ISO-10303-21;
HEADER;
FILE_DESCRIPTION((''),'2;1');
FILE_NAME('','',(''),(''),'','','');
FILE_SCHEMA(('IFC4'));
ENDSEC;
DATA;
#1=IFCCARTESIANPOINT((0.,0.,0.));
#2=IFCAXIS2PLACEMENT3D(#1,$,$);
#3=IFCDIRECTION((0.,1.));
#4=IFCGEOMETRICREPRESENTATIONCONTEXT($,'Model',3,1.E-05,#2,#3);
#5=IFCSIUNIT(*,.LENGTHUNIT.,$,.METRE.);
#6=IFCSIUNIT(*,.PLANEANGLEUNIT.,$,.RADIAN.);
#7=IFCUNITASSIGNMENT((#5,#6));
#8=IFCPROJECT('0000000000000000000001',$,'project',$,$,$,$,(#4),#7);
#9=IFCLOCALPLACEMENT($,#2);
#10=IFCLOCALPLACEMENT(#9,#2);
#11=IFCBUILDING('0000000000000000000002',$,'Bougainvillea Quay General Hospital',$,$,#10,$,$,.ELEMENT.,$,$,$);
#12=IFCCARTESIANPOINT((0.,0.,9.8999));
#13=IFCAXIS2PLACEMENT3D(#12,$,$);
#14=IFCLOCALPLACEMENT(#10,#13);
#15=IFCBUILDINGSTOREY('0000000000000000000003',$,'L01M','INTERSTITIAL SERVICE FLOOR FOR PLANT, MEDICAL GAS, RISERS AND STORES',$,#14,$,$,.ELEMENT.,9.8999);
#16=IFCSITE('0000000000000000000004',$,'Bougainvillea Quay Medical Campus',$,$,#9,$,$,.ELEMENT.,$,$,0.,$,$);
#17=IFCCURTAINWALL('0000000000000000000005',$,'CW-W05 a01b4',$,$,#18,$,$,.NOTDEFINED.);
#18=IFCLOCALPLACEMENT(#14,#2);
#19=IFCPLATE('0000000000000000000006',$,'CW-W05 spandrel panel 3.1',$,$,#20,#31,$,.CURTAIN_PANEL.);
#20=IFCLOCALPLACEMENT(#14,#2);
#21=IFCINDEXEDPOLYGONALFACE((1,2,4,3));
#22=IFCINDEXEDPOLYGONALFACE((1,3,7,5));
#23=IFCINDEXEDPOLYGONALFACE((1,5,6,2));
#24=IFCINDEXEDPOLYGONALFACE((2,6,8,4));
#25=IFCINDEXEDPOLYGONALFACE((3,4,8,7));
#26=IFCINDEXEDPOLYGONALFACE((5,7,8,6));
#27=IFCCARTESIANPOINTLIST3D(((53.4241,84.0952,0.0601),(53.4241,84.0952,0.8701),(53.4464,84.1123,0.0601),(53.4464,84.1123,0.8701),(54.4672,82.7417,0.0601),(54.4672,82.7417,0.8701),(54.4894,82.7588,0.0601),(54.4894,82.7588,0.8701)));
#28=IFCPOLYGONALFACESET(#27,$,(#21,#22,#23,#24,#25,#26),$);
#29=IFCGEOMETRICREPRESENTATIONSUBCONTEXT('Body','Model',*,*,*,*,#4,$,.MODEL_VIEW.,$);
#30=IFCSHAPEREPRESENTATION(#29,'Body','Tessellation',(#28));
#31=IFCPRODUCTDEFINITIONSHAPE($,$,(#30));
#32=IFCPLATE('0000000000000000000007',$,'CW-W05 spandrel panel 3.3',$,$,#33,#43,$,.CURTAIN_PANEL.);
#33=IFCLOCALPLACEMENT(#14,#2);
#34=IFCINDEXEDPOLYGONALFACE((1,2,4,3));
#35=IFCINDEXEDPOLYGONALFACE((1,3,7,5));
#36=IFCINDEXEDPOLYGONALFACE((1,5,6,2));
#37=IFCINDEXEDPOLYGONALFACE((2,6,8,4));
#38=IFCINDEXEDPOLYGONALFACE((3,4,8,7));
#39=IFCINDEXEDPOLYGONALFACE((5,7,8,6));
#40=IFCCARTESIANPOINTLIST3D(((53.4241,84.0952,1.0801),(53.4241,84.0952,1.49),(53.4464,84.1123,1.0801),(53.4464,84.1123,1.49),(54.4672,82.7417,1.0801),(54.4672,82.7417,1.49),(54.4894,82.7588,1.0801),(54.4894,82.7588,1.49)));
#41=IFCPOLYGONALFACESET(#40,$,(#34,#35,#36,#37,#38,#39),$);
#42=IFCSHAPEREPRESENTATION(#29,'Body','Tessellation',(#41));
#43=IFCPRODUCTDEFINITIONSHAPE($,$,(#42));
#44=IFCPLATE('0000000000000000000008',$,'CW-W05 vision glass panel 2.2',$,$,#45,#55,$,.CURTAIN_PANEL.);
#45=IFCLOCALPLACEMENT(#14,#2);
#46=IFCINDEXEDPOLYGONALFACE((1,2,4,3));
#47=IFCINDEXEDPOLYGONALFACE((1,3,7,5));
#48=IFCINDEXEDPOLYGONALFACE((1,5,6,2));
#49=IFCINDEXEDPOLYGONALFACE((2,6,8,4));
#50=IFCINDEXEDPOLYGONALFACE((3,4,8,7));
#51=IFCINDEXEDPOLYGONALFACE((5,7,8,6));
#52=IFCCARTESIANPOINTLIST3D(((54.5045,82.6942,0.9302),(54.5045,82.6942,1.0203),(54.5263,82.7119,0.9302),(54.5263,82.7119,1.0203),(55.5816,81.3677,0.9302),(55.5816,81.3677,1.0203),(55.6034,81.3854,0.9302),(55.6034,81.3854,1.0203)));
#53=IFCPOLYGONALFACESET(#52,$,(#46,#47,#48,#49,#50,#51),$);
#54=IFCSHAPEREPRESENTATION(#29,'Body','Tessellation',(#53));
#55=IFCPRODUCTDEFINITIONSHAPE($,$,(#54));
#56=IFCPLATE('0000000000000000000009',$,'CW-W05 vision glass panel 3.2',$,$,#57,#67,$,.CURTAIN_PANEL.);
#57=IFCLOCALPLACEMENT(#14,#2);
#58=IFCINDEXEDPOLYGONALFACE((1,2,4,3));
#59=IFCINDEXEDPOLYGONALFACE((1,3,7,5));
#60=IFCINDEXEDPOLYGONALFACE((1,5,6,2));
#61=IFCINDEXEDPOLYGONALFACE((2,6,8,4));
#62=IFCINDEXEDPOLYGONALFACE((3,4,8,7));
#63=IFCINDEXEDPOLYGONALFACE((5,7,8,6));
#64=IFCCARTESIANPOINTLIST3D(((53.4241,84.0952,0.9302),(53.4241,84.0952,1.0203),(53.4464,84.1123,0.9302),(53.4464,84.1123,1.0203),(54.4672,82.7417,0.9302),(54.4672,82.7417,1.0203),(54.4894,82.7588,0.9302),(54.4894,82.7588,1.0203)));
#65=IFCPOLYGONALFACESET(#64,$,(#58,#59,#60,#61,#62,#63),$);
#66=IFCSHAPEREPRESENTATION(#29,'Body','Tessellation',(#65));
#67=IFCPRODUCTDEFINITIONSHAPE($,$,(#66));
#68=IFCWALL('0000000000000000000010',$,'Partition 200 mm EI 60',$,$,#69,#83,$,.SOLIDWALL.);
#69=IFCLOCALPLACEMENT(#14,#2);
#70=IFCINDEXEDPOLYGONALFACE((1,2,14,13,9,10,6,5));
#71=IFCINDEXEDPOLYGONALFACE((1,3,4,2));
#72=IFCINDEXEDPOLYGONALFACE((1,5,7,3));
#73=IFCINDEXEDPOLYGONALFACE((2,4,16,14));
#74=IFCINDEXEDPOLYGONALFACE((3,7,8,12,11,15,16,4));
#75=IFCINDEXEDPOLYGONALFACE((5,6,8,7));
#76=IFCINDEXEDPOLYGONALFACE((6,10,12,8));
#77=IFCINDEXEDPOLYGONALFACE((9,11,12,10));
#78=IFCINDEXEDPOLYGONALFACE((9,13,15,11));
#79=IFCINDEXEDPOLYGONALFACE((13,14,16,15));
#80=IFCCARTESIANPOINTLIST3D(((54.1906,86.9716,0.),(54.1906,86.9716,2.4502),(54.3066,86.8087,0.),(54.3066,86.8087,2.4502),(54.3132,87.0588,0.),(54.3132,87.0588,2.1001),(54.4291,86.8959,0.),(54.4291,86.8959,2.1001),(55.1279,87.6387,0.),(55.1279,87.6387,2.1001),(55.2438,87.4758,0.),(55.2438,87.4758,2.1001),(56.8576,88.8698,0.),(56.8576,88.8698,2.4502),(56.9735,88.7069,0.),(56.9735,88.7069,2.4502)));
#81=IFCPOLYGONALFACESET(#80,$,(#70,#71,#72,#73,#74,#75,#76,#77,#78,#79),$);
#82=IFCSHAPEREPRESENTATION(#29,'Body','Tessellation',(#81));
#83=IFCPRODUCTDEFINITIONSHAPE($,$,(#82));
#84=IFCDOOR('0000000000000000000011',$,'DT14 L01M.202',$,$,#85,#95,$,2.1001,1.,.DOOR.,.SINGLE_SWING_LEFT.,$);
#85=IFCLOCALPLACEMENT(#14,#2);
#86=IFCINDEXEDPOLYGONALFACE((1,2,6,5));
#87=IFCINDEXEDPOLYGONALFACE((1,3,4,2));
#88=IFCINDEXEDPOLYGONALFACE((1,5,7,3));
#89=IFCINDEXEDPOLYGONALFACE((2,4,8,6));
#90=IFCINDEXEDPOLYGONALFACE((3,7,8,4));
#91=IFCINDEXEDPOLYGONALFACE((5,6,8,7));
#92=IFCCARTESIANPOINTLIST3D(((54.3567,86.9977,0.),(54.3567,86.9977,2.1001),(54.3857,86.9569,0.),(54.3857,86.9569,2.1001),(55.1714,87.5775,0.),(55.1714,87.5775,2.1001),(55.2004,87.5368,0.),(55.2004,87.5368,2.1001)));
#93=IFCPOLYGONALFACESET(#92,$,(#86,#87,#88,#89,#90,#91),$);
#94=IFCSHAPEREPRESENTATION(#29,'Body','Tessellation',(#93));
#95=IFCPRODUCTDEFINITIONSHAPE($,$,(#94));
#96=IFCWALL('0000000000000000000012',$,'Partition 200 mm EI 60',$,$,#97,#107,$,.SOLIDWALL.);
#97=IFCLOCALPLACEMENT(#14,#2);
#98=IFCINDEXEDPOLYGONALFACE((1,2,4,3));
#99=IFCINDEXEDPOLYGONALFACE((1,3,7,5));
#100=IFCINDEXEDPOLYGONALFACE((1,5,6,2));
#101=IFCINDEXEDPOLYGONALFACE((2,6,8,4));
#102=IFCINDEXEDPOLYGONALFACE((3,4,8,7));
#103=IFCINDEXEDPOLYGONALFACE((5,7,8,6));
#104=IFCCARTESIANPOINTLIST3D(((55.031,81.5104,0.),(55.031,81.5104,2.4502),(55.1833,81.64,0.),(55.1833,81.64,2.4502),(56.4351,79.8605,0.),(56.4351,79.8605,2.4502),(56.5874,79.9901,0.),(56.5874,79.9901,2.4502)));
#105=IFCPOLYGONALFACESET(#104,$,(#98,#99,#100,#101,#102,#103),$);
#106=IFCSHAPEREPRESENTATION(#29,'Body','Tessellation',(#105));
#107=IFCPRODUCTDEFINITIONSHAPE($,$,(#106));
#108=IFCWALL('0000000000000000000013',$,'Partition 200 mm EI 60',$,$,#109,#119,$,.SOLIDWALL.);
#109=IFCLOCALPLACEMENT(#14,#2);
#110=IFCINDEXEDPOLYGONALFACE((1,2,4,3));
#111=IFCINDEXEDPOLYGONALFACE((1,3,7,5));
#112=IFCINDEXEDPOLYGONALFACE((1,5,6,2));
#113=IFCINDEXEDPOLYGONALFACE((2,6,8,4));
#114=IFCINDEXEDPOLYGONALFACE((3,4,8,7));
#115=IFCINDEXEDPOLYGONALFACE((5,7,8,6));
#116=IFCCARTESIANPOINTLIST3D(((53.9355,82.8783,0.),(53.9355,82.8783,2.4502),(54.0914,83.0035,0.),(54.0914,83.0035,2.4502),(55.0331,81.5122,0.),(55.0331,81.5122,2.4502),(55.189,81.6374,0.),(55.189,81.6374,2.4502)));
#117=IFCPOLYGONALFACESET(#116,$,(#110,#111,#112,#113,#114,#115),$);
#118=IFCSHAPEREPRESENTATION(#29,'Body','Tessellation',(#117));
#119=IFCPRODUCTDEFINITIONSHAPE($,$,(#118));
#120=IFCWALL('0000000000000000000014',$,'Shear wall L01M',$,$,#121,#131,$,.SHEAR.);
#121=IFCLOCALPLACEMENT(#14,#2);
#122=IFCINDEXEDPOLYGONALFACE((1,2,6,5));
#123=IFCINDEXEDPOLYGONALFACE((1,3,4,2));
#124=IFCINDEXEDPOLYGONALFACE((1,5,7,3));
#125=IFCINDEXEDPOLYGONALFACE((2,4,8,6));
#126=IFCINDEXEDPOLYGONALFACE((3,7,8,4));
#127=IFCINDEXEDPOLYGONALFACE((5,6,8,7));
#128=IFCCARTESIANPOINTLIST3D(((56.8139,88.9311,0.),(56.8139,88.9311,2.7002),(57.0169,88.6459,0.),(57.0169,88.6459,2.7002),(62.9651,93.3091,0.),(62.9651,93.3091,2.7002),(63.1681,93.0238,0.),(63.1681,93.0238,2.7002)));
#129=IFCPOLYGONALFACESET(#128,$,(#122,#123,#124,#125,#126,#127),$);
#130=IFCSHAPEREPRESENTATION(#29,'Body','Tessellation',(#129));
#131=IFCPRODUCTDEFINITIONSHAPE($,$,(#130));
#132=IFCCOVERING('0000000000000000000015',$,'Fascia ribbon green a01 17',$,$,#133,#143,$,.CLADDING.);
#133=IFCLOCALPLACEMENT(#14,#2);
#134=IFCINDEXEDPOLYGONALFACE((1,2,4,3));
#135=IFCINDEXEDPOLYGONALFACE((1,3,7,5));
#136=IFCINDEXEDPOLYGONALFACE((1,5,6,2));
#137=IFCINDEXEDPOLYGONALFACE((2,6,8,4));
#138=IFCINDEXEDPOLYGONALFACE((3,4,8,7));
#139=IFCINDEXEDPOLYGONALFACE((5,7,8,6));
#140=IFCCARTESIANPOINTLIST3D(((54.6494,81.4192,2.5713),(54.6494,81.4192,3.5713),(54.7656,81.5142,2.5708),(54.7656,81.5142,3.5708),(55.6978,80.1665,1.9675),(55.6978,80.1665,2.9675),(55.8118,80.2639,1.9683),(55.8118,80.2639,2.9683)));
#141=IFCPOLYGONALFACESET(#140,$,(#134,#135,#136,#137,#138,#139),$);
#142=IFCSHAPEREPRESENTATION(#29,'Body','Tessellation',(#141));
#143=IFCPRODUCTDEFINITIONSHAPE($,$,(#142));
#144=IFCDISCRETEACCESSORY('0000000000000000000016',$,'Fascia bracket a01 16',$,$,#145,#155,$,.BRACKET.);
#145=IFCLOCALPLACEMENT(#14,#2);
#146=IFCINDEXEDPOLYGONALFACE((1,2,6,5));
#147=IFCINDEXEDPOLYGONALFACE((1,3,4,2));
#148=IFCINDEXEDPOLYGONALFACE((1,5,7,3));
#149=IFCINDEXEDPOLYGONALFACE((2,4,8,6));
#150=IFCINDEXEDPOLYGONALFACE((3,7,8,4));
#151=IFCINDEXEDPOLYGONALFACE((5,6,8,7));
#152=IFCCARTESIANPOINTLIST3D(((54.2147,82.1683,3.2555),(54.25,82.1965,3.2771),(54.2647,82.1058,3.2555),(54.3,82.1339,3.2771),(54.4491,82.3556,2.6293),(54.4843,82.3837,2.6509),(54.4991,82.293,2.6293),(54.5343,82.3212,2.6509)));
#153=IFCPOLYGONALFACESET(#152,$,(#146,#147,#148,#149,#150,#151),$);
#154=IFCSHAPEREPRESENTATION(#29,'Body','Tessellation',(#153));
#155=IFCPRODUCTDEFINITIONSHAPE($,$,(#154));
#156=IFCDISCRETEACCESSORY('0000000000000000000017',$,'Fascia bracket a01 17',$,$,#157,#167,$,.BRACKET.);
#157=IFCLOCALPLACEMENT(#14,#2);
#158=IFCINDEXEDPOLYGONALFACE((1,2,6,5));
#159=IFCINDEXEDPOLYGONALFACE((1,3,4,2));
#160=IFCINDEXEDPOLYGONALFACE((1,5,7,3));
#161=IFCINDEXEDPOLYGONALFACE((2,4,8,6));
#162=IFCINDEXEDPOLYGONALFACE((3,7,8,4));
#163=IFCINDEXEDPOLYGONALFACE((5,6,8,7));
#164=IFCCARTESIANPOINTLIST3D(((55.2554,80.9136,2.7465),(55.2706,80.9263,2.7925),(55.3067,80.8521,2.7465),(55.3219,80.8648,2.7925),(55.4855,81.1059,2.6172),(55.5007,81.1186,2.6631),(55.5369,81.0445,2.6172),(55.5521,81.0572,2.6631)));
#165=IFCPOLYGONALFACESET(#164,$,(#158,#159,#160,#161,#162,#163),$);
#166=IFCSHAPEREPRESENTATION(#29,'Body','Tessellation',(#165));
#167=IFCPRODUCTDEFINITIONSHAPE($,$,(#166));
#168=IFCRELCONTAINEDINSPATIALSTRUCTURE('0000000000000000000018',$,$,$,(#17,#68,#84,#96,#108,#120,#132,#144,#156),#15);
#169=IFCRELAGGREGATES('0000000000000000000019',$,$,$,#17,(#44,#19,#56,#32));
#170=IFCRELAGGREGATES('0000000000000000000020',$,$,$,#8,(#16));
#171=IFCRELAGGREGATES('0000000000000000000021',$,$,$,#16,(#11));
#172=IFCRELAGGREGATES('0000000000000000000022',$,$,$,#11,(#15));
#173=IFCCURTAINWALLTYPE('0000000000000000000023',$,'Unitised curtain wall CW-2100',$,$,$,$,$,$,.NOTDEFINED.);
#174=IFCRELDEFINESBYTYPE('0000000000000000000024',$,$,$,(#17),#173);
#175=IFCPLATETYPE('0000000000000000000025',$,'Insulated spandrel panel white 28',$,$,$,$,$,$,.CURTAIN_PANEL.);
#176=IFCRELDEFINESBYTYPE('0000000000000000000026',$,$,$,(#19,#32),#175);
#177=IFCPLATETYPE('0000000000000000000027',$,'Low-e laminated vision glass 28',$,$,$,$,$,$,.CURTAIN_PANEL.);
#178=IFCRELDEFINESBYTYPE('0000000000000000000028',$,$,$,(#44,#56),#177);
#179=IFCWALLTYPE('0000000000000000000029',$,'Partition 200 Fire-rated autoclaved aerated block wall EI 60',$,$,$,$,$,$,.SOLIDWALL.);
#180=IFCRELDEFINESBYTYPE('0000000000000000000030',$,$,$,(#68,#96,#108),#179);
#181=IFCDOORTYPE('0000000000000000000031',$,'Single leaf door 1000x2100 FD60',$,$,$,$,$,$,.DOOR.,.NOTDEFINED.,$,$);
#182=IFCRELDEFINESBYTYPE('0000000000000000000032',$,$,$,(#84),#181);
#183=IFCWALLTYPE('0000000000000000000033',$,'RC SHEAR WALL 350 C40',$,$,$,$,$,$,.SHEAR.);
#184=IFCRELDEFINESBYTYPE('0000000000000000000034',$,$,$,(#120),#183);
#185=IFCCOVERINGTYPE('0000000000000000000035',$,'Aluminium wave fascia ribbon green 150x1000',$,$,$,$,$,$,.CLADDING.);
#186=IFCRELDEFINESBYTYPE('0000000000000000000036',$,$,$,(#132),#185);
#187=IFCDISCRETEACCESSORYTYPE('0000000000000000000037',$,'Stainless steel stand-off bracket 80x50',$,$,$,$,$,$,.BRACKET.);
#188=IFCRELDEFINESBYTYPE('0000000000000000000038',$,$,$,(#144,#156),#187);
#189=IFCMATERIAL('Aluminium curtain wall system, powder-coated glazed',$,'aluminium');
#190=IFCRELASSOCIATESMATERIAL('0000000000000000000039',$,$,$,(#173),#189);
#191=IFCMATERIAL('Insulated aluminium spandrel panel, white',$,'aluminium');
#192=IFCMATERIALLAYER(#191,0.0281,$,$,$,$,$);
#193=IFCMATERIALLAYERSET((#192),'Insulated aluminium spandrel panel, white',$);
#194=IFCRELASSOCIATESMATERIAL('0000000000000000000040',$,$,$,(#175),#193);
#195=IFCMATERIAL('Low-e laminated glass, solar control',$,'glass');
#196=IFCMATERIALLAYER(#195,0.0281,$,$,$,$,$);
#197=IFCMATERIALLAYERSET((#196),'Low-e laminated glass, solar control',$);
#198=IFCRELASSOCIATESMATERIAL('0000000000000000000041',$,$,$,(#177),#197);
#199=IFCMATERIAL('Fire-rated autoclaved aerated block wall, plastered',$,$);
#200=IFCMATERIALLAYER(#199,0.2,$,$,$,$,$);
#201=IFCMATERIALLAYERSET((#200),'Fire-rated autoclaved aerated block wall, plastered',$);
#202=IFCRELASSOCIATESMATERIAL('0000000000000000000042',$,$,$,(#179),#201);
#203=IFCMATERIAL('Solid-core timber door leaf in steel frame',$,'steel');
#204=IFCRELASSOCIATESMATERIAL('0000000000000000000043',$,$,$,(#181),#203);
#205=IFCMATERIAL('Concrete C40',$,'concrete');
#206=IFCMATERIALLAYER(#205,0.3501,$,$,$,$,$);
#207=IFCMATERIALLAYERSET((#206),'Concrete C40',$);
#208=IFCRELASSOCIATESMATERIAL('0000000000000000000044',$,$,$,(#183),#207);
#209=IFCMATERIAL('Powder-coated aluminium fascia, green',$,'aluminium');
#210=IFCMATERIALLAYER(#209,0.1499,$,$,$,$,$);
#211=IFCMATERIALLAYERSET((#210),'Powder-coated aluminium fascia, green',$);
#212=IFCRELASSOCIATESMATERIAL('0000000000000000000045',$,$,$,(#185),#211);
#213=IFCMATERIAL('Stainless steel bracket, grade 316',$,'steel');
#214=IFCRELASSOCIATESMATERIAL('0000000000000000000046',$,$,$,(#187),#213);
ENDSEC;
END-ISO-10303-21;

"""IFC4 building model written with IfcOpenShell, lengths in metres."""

from ifc_helpers import new_model, si_unit, direction, frame, frame_2d, origin, origin_2d, place, context, subcontext, project, spatial, polyline, rectangle, outline, extrude, material, layer, layer_set, material_profile, profile_set, type_object, element, fill, aggregate, save


model = new_model("IFC4")

# Units and contexts
model_context = context("Model", 3, precision=1e-05, world=origin(), true_north=direction((0.0, 1.0)))
body_context = subcontext(model_context, "Body", "Model", "MODEL_VIEW")
ifc_project = project(units=[si_unit("LENGTHUNIT", "METRE"), si_unit("PLANEANGLEUNIT", "RADIAN")], contexts=[model_context])

# Site, building, storey
site_placement = place(None, origin())
site = spatial("IfcSite", under=ifc_project, at=site_placement, Name="Bougainvillea Quay Medical Campus", CompositionType="ELEMENT", RefElevation=0.0)
building_placement = place(site_placement, origin())
building = spatial("IfcBuilding", under=site, at=building_placement, Name="Bougainvillea Quay General Hospital", CompositionType="ELEMENT")
storey_placement = place(building_placement, frame((0.0, 0.0, 9.8999)))
storey = spatial("IfcBuildingStorey", under=building, at=storey_placement, Name="L01M", Description="INTERSTITIAL SERVICE FLOOR FOR PLANT, MEDICAL GAS, RISERS AND STORES", CompositionType="ELEMENT", Elevation=9.8999)

# Curtain wall, plates
ifc_material_1 = material(Name="Aluminium curtain wall system, powder-coated glazed", Category="aluminium")
curtain_wall_type = type_object("IfcCurtainWallType", Name="Unitised curtain wall CW-2100", PredefinedType="NOTDEFINED", material=ifc_material_1)
curtain_wall_placement = place(storey_placement, origin())
curtain_wall = element("IfcCurtainWall", 1, at=curtain_wall_placement, inside=storey, type_object=curtain_wall_type, Name="CW-W05 a01b4", PredefinedType="NOTDEFINED")
ifc_material_2 = material(Name="Insulated aluminium spandrel panel, white", Category="aluminium")
ifc_layer_1 = layer(ifc_material_2, 0.0281)
ifc_layer_set_1 = layer_set([ifc_layer_1], Name="Insulated aluminium spandrel panel, white")
plate_type_1 = type_object("IfcPlateType", Name="Insulated spandrel panel white 28", PredefinedType="CURTAIN_PANEL", material=ifc_layer_set_1)
plate_1_placement = place(storey_placement, frame((53.9568, 83.427, 0.0601), z_axis=(0.0, 0.0, 1.0), x_axis=(-0.610415, 0.792082, 0.0)))
plate_1 = element("IfcPlate", 2, at=plate_1_placement, type_object=plate_type_1, Name="CW-W05 spandrel panel 3.1", PredefinedType="CURTAIN_PANEL", context=body_context, shape_type="SweptSolid", body=[
    extrude(rectangle(XDim=1.7087, YDim=0.0281, at=origin_2d()), origin(), (0.0, 0.0, 1.0), 0.8101),
])
plate_2_placement = place(storey_placement, frame((53.9568, 83.427, 1.0801), z_axis=(0.0, 0.0, 1.0), x_axis=(-0.610415, 0.792082, 0.0)))
plate_2 = element("IfcPlate", 3, at=plate_2_placement, type_object=plate_type_1, Name="CW-W05 spandrel panel 3.3", PredefinedType="CURTAIN_PANEL", context=body_context, shape_type="SweptSolid", body=[
    extrude(rectangle(XDim=1.7087, YDim=0.0281, at=origin_2d()), origin(), (0.0, 0.0, 1.0), 0.4099),
])
ifc_material_3 = material(Name="Low-e laminated glass, solar control", Category="glass")
ifc_layer_2 = layer(ifc_material_3, 0.0281)
ifc_layer_set_2 = layer_set([ifc_layer_2], Name="Low-e laminated glass, solar control")
plate_type_2 = type_object("IfcPlateType", Name="Low-e laminated vision glass 28", PredefinedType="CURTAIN_PANEL", material=ifc_layer_set_2)
plate_3_placement = place(storey_placement, frame((55.054, 82.0398, 0.9302), z_axis=(0.0, 0.0, 1.0), x_axis=(-0.630303, 0.776349, 0.0)))
plate_3 = element("IfcPlate", 4, at=plate_3_placement, type_object=plate_type_2, Name="CW-W05 vision glass panel 2.2", PredefinedType="CURTAIN_PANEL", context=body_context, shape_type="SweptSolid", body=[
    extrude(rectangle(XDim=1.7087, YDim=0.0281, at=origin_2d()), origin(), (0.0, 0.0, 1.0), 0.0901),
])
plate_4_placement = place(storey_placement, frame((53.9568, 83.427, 0.9302), z_axis=(0.0, 0.0, 1.0), x_axis=(-0.610415, 0.792082, 0.0)))
plate_4 = element("IfcPlate", 5, at=plate_4_placement, type_object=plate_type_2, Name="CW-W05 vision glass panel 3.2", PredefinedType="CURTAIN_PANEL", context=body_context, shape_type="SweptSolid", body=[
    extrude(rectangle(XDim=1.7087, YDim=0.0281, at=origin_2d()), origin(), (0.0, 0.0, 1.0), 0.0901),
])
aggregate(curtain_wall, [plate_3, plate_1, plate_4, plate_2])

# Wall, opening, door
ifc_material_4 = material(Name="Fire-rated autoclaved aerated block wall, plastered")
ifc_layer_3 = layer(ifc_material_4, 0.2)
ifc_layer_set_3 = layer_set([ifc_layer_3], Name="Fire-rated autoclaved aerated block wall, plastered")
wall_type_1 = type_object("IfcWallType", Name="Partition 200 Fire-rated autoclaved aerated block wall EI 60", PredefinedType="SOLIDWALL", material=ifc_layer_set_3)
wall_1_placement = place(storey_placement, frame((56.9155, 88.7883, 0.0), z_axis=(0.0, 0.0, 1.0), x_axis=(-0.814715, -0.579862, 0.0)))
wall_1 = element("IfcWall", 6, at=wall_1_placement, inside=storey, type_object=wall_type_1, Name="Partition 200 mm EI 60", PredefinedType="SOLIDWALL", context=body_context, shape_type="SweptSolid", body=[
    extrude(rectangle(XDim=3.2734, YDim=0.2, at=frame_2d((1.6367, 0.0))), origin(), (0.0, 0.0, 1.0), 2.4502),
])
opening_placement = place(wall_1_placement, frame((2.123, 0.0, 0.0)))
opening = element("IfcOpeningElement", 7, at=opening_placement, cuts=wall_1, PredefinedType="OPENING", context=body_context, shape_type="SweptSolid", body=[
    extrude(rectangle(XDim=1.0, YDim=2.1001, at=frame_2d((0.5, 1.05))), frame((0.0, 0.1099, 0.0), z_axis=(0.0, -1.0, 0.0), x_axis=(1.0, 0.0, 0.0)), (0.0, 0.0, 1.0), 0.22),
])
ifc_material_5 = material(Name="Solid-core timber door leaf in steel frame", Category="steel")
door_type = type_object("IfcDoorType", Name="Single leaf door 1000x2100 FD60", OperationType="NOTDEFINED", PredefinedType="DOOR", material=ifc_material_5)
door_placement = place(opening_placement, frame((1.0, 0.0, 0.0), z_axis=(0.0, 0.0, 1.0), x_axis=(-1.0, 0.0, 0.0)))
door = element("IfcDoor", 8, at=door_placement, inside=storey, type_object=door_type, Name="DT14 L01M.202", OperationType="SINGLE_SWING_LEFT", OverallHeight=2.1001, OverallWidth=1.0, PredefinedType="DOOR", context=body_context, shape_type="SweptSolid", body=[
    extrude(rectangle(XDim=1.0, YDim=2.1001, at=frame_2d((0.5, 1.05))), frame((0.0, 0.0249, 0.0), z_axis=(0.0, -1.0, 0.0), x_axis=(1.0, 0.0, 0.0)), (0.0, 0.0, 1.0), 0.05),
])
fill(opening, door)

# Walls
wall_2_placement = place(storey_placement, frame((55.1072, 81.5752, 0.0), z_axis=(0.0, 0.0, 1.0), x_axis=(0.648087, -0.761567, 0.0)))
element("IfcWall", 9, at=wall_2_placement, inside=storey, type_object=wall_type_1, Name="Partition 200 mm EI 60", PredefinedType="SOLIDWALL", context=body_context, shape_type="SweptSolid", body=[
    extrude(rectangle(XDim=2.1665, YDim=0.2, at=frame_2d((1.0833, 0.0))), origin(), (0.0, 0.0, 1.0), 2.4502),
])
wall_3_placement = place(storey_placement, frame((54.0134, 82.9409, 0.0), z_axis=(0.0, 0.0, 1.0), x_axis=(0.626325, -0.779562, 0.0)))
element("IfcWall", 10, at=wall_3_placement, inside=storey, type_object=wall_type_1, Name="Partition 200 mm EI 60", PredefinedType="SOLIDWALL", context=body_context, shape_type="SweptSolid", body=[
    extrude(rectangle(XDim=1.7524, YDim=0.2, at=frame_2d((0.8762, 0.0))), origin(), (0.0, 0.0, 1.0), 2.4502),
])
ifc_material_6 = material(Name="Concrete C40", Category="concrete")
ifc_layer_4 = layer(ifc_material_6, 0.3501)
ifc_layer_set_4 = layer_set([ifc_layer_4], Name="Concrete C40")
wall_type_2 = type_object("IfcWallType", Name="RC SHEAR WALL 350 C40", PredefinedType="SHEAR", material=ifc_layer_set_4)
wall_4_placement = place(storey_placement, frame((56.9155, 88.7886, 0.0), z_axis=(0.0, 0.0, 1.0), x_axis=(0.814718, 0.579858, 0.0)))
element("IfcWall", 11, at=wall_4_placement, inside=storey, type_object=wall_type_2, Name="Shear wall L01M", PredefinedType="SHEAR", context=body_context, shape_type="SweptSolid", body=[
    extrude(rectangle(XDim=7.55, YDim=0.3501, at=frame_2d((3.7749, 0.0))), origin(), (0.0, 0.0, 1.0), 2.7002),
])

# Covering
ifc_material_7 = material(Name="Powder-coated aluminium fascia, green", Category="aluminium")
ifc_layer_5 = layer(ifc_material_7, 0.1499)
ifc_layer_set_5 = layer_set([ifc_layer_5], Name="Powder-coated aluminium fascia, green")
covering_type = type_object("IfcCoveringType", Name="Aluminium wave fascia ribbon green 150x1000", PredefinedType="CLADDING", material=ifc_layer_set_5)
covering_placement = place(storey_placement, frame((54.7656, 81.5142, 2.5708), z_axis=(0.221721, -0.266524, 0.937979), x_axis=(0.601929, -0.719365, -0.346691)))
element("IfcCovering", 12, at=covering_placement, inside=storey, type_object=covering_type, Name="Fascia ribbon green a01 17", PredefinedType="CLADDING", context=body_context, shape_type="SweptSolid", body=[
    extrude(outline(polyline([(0.0, 0.0), (1.738, 0.0), (1.7397, -0.15), (-0.0018, -0.1501), (0.0, 0.0)])), origin(), (-0.346691, 0.00093, 0.937979), 1.0),
])

# Discrete accessories
ifc_material_8 = material(Name="Stainless steel bracket, grade 316", Category="steel")
ifc_material_profile_1 = material_profile(ifc_material_8, rectangle(XDim=0.0801, YDim=0.05, at=origin_2d()))
ifc_profile_set_1 = profile_set([ifc_material_profile_1], Name="Stainless steel bracket, grade 316")
discrete_accessory_type = type_object("IfcDiscreteAccessoryType", Name="Stainless steel stand-off bracket 80x50", PredefinedType="BRACKET", material=ifc_profile_set_1)
discrete_accessory_1_placement = place(storey_placement, frame((54.4917, 82.3384, 2.6401), z_axis=(-0.337537, -0.269678, 0.901855), x_axis=(0.624199, -0.781266, 0.0)))
element("IfcDiscreteAccessory", 13, at=discrete_accessory_1_placement, inside=storey, type_object=discrete_accessory_type, Name="Fascia bracket a01 16", PredefinedType="BRACKET", context=body_context, shape_type="SweptSolid", body=[
    extrude(rectangle(XDim=0.0801, YDim=0.05, at=origin_2d()), origin(), (0.0, 0.0, 1.0), 0.6943),
])
discrete_accessory_2_placement = place(storey_placement, frame((55.5188, 81.0815, 2.6401), z_axis=(-0.704616, -0.588799, 0.39602), x_axis=(0.641224, -0.767353, 0.0)))
element("IfcDiscreteAccessory", 14, at=discrete_accessory_2_placement, inside=storey, type_object=discrete_accessory_type, Name="Fascia bracket a01 17", PredefinedType="BRACKET", context=body_context, shape_type="SweptSolid", body=[
    extrude(rectangle(XDim=0.0801, YDim=0.05, at=origin_2d()), origin(), (0.0, 0.0, 1.0), 0.3267),
])

save(model, "model.ifc")
